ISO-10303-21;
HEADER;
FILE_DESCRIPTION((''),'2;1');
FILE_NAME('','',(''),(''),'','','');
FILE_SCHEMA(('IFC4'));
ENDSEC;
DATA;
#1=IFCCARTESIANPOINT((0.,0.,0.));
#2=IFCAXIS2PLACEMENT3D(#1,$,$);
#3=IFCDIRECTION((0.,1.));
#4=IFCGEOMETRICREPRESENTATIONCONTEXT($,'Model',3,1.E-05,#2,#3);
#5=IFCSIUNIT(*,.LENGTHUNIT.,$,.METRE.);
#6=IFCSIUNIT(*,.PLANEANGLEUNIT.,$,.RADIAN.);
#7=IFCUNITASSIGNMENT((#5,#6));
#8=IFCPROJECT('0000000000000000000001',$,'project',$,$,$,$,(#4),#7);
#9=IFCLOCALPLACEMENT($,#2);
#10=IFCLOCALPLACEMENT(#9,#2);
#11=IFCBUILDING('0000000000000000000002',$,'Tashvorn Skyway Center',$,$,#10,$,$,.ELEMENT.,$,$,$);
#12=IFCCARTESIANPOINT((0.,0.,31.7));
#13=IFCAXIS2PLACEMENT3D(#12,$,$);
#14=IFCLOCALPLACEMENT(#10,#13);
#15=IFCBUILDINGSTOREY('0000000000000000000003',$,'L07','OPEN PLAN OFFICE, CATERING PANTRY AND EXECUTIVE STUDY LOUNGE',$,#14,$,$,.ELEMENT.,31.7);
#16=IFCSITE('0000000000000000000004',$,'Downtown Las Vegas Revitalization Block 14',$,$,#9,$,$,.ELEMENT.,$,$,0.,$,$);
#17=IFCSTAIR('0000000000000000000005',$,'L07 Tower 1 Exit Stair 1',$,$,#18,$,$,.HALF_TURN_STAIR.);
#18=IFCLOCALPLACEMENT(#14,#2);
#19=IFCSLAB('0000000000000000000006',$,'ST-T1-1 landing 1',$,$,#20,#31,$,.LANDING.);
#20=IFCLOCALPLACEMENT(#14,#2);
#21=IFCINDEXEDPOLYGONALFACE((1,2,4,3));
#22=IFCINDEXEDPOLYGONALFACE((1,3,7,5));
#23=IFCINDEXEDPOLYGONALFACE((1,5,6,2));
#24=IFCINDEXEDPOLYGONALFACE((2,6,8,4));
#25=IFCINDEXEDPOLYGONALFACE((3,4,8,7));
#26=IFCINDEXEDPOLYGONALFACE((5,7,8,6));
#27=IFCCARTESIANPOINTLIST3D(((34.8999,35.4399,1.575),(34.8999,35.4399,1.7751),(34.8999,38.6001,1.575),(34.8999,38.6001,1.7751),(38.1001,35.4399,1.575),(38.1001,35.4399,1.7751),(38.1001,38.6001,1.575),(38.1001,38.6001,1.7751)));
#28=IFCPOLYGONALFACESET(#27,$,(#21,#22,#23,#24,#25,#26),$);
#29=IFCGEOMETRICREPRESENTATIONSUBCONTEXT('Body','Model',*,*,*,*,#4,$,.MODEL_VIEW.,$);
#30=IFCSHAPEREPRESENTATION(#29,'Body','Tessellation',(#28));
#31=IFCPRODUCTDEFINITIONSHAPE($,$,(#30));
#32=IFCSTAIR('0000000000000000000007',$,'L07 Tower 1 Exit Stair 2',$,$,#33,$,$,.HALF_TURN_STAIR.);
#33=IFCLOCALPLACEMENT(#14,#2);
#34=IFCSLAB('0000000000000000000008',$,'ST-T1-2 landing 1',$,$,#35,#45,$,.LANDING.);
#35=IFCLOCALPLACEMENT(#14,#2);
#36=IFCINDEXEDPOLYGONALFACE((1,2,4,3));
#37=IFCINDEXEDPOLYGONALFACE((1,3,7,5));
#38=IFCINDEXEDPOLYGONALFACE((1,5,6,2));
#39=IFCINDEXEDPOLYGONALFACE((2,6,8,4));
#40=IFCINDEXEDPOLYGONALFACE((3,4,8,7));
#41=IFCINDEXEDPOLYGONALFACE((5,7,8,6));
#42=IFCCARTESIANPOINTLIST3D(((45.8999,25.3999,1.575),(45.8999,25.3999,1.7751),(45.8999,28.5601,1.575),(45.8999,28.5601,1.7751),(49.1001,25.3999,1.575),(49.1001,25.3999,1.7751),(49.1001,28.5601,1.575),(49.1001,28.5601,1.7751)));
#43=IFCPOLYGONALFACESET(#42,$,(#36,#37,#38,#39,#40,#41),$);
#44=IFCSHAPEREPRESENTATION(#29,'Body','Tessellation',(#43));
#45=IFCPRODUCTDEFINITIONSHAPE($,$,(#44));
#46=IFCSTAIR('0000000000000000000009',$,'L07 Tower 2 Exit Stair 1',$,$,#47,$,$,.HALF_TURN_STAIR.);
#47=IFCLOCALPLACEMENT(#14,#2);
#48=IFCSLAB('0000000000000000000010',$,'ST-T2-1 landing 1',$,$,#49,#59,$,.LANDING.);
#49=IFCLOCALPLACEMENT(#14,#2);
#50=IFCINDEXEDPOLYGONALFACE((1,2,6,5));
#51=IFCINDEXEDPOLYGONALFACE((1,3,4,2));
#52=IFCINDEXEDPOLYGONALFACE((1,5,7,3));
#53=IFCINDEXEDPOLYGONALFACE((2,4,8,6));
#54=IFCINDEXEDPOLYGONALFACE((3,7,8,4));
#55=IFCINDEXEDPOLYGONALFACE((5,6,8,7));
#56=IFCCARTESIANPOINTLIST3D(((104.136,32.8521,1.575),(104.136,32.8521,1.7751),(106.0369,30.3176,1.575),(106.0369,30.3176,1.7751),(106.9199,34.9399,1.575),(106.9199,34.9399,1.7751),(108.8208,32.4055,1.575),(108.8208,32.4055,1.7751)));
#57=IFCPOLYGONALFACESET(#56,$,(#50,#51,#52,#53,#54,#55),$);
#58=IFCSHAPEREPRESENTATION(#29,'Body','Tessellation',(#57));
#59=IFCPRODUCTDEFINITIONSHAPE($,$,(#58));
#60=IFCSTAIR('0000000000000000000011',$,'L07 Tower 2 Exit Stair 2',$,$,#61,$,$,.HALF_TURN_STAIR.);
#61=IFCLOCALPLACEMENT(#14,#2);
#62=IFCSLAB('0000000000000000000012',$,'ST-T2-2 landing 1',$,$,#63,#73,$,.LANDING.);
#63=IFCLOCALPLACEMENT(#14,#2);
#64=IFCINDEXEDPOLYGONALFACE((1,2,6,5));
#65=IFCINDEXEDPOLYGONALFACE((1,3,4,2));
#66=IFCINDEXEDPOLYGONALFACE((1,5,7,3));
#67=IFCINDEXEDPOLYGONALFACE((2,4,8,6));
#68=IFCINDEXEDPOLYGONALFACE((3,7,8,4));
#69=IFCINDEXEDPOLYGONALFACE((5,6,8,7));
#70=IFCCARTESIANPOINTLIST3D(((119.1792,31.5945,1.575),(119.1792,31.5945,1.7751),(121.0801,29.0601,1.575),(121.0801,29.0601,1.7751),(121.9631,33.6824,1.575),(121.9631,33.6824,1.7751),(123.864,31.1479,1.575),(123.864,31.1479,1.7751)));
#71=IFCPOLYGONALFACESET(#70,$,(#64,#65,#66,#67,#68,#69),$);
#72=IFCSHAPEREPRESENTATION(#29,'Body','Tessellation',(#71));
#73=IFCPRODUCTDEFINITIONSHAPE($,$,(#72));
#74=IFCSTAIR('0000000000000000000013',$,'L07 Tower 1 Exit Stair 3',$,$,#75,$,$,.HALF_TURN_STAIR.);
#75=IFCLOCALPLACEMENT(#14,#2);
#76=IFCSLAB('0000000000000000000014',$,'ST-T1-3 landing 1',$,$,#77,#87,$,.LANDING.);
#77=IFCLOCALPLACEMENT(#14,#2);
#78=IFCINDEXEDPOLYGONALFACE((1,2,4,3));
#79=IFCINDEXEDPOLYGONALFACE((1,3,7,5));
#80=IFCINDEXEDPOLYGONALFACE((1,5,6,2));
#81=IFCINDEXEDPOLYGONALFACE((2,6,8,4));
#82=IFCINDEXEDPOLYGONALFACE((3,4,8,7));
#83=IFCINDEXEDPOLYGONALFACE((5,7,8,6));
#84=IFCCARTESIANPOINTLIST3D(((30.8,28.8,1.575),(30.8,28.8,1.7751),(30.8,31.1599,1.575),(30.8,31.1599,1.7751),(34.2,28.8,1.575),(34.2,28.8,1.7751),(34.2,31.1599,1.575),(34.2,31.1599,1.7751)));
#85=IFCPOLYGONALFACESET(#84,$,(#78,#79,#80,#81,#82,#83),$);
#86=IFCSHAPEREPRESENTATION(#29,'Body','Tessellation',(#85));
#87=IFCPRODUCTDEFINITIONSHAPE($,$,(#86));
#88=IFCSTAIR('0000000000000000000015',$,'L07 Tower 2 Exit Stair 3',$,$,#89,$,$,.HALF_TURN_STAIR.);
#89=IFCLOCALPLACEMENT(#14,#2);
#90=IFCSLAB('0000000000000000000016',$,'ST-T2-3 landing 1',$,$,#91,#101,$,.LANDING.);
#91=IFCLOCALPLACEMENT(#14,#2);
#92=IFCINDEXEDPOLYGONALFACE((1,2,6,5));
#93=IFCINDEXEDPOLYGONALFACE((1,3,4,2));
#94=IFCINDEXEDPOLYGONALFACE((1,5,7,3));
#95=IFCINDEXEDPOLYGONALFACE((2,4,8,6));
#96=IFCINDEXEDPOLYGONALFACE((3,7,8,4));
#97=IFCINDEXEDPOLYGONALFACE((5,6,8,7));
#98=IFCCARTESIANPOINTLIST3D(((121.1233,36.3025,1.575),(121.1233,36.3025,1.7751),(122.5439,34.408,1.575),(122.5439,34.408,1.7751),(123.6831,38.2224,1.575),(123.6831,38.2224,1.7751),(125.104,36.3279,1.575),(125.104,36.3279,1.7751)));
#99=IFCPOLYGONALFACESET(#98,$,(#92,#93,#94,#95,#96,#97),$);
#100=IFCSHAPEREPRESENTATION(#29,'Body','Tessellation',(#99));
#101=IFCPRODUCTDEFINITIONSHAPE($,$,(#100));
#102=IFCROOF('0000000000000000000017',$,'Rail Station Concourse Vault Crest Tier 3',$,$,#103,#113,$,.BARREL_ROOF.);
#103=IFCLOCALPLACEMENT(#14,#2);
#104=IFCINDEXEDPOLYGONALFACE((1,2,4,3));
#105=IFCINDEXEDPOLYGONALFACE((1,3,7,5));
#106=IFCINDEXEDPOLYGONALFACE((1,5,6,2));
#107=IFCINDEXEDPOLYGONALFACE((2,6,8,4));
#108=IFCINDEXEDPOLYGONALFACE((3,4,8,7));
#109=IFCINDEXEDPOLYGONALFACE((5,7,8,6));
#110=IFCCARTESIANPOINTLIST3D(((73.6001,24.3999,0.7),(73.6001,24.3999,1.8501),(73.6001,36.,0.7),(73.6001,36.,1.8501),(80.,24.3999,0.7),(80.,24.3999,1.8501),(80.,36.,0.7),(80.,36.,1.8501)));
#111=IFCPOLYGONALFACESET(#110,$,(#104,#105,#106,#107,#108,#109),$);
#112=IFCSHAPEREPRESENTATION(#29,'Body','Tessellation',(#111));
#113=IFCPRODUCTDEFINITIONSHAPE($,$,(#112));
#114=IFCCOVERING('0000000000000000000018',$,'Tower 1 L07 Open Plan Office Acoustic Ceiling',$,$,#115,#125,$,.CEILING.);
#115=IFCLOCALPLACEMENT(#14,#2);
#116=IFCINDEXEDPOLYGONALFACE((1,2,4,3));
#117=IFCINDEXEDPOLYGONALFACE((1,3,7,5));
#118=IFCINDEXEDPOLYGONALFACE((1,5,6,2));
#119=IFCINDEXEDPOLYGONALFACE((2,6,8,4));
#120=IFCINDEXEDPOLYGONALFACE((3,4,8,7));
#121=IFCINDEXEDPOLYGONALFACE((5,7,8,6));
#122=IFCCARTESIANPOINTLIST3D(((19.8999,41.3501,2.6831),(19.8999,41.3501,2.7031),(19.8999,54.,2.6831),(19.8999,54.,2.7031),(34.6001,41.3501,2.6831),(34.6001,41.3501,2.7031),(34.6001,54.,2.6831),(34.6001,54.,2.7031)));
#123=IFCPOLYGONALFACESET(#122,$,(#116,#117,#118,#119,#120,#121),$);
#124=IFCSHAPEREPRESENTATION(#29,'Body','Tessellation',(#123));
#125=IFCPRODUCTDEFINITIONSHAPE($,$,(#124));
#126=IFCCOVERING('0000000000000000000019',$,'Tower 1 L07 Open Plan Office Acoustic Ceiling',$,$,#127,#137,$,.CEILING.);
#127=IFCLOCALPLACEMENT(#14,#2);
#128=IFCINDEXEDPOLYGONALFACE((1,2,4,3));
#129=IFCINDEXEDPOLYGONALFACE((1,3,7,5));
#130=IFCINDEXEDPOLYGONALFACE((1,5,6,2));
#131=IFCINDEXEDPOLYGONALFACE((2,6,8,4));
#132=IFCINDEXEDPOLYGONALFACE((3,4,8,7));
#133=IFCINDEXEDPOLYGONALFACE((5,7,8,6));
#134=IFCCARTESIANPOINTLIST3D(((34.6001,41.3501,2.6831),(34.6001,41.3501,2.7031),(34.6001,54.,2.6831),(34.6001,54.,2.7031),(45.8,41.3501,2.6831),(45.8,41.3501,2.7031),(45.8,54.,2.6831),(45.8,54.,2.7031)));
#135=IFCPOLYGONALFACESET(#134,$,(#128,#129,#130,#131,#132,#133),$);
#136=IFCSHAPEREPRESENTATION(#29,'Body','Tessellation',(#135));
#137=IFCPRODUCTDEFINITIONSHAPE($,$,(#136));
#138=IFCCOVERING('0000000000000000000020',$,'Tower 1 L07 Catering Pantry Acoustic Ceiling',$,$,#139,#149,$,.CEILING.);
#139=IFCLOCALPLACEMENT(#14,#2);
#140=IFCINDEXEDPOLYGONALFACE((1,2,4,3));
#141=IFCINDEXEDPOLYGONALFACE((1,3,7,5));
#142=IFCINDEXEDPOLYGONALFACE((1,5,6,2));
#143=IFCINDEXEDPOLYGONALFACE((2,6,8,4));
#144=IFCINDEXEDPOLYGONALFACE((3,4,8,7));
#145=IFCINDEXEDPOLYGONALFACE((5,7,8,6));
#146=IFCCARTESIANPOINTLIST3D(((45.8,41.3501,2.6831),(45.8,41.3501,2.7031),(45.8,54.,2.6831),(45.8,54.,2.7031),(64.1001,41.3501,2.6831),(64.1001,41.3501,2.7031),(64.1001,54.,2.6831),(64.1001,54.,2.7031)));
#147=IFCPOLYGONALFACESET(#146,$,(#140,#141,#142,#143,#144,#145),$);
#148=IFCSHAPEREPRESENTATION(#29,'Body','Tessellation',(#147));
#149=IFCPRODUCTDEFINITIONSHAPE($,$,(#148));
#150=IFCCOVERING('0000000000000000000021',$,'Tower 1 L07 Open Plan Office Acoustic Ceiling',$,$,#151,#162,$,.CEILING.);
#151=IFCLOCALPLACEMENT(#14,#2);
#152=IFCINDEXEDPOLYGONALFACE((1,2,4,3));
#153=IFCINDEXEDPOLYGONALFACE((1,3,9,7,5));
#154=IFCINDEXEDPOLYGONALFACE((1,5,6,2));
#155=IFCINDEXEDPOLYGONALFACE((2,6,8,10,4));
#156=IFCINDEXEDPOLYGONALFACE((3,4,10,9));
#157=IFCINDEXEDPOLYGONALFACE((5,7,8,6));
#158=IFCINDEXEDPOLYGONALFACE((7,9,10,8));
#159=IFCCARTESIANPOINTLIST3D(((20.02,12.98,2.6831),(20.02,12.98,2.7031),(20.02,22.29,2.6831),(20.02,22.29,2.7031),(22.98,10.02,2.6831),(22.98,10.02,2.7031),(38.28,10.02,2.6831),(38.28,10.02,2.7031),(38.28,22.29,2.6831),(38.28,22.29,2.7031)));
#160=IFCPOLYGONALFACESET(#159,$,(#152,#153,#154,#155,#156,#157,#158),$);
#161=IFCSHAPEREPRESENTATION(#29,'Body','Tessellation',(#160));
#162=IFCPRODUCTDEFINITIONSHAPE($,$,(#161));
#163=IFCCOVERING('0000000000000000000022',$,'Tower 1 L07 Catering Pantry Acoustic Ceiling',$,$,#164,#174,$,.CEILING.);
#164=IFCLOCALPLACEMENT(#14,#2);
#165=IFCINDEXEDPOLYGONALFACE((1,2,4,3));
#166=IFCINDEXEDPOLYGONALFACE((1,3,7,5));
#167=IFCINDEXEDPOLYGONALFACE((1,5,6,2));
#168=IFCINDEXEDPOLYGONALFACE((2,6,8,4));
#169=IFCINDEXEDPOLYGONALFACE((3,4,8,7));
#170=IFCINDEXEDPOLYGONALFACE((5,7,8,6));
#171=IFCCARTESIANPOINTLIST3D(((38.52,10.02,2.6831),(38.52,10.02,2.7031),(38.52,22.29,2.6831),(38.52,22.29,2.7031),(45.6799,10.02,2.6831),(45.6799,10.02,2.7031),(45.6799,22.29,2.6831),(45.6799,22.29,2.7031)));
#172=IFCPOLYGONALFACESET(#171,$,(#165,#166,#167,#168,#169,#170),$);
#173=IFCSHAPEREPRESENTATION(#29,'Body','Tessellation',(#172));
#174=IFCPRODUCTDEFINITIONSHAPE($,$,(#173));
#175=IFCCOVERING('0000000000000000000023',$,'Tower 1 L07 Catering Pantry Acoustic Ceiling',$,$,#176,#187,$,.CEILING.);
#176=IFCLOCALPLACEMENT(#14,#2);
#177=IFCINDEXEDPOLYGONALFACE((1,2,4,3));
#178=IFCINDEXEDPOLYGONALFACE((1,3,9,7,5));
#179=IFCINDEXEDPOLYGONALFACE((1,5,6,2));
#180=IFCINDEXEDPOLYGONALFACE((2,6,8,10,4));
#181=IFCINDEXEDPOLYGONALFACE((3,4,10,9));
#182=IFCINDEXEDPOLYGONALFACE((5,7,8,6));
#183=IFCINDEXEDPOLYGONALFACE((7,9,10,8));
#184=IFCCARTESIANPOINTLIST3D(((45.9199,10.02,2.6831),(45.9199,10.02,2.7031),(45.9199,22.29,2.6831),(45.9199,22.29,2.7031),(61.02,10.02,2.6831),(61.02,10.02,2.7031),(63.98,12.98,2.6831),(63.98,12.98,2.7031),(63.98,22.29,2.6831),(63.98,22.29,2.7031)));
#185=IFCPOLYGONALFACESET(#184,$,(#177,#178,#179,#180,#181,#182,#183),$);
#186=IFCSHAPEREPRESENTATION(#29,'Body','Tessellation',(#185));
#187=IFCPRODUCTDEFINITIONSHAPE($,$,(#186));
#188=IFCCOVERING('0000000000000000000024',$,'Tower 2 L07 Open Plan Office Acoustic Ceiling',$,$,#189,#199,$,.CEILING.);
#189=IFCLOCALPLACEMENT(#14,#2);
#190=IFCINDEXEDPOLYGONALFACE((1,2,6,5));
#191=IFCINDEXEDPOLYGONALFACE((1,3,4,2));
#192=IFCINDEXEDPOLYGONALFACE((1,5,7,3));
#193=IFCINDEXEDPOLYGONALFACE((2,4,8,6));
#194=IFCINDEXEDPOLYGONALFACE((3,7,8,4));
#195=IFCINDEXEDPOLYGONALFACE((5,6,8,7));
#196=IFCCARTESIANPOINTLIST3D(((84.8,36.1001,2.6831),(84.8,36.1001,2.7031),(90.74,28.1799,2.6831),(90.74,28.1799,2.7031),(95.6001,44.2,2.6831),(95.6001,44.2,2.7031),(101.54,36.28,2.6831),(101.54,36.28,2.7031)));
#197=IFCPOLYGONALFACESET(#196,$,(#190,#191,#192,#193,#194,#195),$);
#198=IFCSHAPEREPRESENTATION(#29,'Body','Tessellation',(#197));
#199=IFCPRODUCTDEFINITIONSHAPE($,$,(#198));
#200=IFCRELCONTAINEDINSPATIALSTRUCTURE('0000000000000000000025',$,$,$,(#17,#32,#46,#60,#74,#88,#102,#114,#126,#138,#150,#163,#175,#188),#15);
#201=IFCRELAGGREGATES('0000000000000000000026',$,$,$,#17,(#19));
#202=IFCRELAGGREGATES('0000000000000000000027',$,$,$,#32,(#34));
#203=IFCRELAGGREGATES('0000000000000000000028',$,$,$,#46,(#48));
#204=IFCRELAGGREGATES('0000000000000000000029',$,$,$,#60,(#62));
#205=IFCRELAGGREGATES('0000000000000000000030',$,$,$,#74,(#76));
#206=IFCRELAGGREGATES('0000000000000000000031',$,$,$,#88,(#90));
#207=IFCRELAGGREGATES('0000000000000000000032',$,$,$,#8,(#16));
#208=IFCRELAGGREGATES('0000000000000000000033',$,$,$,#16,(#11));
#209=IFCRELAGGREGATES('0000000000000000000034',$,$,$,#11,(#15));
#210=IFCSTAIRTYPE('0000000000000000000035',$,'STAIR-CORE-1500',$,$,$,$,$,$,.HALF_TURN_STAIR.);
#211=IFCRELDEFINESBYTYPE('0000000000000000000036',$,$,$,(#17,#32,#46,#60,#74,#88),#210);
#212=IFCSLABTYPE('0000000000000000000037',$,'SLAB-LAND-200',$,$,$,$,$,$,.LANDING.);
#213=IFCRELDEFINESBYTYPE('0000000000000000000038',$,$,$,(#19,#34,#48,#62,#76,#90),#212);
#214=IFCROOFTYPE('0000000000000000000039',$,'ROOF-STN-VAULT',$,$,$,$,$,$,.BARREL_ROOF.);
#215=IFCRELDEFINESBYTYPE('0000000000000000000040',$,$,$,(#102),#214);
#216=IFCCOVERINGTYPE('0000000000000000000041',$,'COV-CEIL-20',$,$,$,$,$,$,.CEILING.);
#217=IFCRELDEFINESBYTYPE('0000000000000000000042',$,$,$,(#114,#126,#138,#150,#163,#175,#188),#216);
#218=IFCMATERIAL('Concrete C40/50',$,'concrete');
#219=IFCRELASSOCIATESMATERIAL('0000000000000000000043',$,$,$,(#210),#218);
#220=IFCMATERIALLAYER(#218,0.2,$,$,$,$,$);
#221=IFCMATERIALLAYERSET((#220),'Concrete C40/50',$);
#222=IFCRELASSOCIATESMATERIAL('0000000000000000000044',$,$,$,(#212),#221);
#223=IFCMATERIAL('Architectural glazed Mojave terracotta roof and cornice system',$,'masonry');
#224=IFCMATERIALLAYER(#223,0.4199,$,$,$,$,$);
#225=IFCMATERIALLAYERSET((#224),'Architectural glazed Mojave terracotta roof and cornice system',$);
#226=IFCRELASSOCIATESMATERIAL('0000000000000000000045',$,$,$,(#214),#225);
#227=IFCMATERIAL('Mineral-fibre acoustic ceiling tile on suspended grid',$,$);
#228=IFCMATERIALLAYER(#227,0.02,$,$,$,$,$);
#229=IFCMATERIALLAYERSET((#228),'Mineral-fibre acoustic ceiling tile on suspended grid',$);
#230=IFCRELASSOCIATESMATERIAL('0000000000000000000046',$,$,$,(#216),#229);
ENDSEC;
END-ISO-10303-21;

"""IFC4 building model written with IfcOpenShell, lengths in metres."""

from ifc_helpers import new_model, si_unit, direction, frame, origin, place, context, subcontext, project, spatial, polyline, outline, extrude, material, layer, layer_set, type_object, element, aggregate, save


model = new_model("IFC4")

# Units and contexts
model_context = context("Model", 3, precision=1e-05, world=origin(), true_north=direction((0.0, 1.0)))
body_context = subcontext(model_context, "Body", "Model", "MODEL_VIEW")
ifc_project = project(units=[si_unit("LENGTHUNIT", "METRE"), si_unit("PLANEANGLEUNIT", "RADIAN")], contexts=[model_context])

# Site, building, storey
site_placement = place(None, origin())
site = spatial("IfcSite", under=ifc_project, at=site_placement, Name="Downtown Las Vegas Revitalization Block 14", CompositionType="ELEMENT", RefElevation=0.0)
building_placement = place(site_placement, origin())
building = spatial("IfcBuilding", under=site, at=building_placement, Name="Tashvorn Skyway Center", CompositionType="ELEMENT")
storey_placement = place(building_placement, frame((0.0, 0.0, 31.7)))
storey = spatial("IfcBuildingStorey", under=building, at=storey_placement, Name="L07", Description="OPEN PLAN OFFICE, CATERING PANTRY AND EXECUTIVE STUDY LOUNGE", CompositionType="ELEMENT", Elevation=31.7)

# Shared definitions
ifc_material_1 = material(Name="Concrete C40/50", Category="concrete")

# Stairs, slabs
stair_type = type_object("IfcStairType", Name="STAIR-CORE-1500", PredefinedType="HALF_TURN_STAIR", material=ifc_material_1)
stair_1_placement = place(storey_placement, origin())
stair_1 = element("IfcStair", 1, at=stair_1_placement, inside=storey, type_object=stair_type, Name="L07 Tower 1 Exit Stair 1", PredefinedType="HALF_TURN_STAIR")
ifc_layer_1 = layer(ifc_material_1, 0.2)
ifc_layer_set_1 = layer_set([ifc_layer_1], Name="Concrete C40/50")
slab_type_1 = type_object("IfcSlabType", Name="SLAB-LAND-200", PredefinedType="LANDING", material=ifc_layer_set_1)
slab_1_placement = place(storey_placement, frame((0.0, 0.0, 1.575)))
slab_1 = element("IfcSlab", 2, at=slab_1_placement, type_object=slab_type_1, Name="ST-T1-1 landing 1", PredefinedType="LANDING", context=body_context, shape_type="SweptSolid", body=[
    extrude(outline(polyline([(38.1001, 35.4399), (38.1001, 38.6001), (34.8999, 38.6001), (34.8999, 35.4399), (38.1001, 35.4399)])), origin(), (0.0, 0.0, 1.0), 0.2002),
])
aggregate(stair_1, [slab_1])
stair_2_placement = place(storey_placement, origin())
stair_2 = element("IfcStair", 3, at=stair_2_placement, inside=storey, type_object=stair_type, Name="L07 Tower 1 Exit Stair 2", PredefinedType="HALF_TURN_STAIR")
slab_2_placement = place(storey_placement, frame((0.0, 0.0, 1.575)))
slab_2 = element("IfcSlab", 4, at=slab_2_placement, type_object=slab_type_1, Name="ST-T1-2 landing 1", PredefinedType="LANDING", context=body_context, shape_type="SweptSolid", body=[
    extrude(outline(polyline([(45.8999, 28.5601), (45.8999, 25.3999), (49.1001, 25.3999), (49.1001, 28.5601), (45.8999, 28.5601)])), origin(), (0.0, 0.0, 1.0), 0.2002),
])
aggregate(stair_2, [slab_2])
stair_3_placement = place(storey_placement, origin())
stair_3 = element("IfcStair", 5, at=stair_3_placement, inside=storey, type_object=stair_type, Name="L07 Tower 2 Exit Stair 1", PredefinedType="HALF_TURN_STAIR")
slab_3_placement = place(storey_placement, frame((0.0, 0.0, 1.575)))
slab_3 = element("IfcSlab", 6, at=slab_3_placement, type_object=slab_type_1, Name="ST-T2-1 landing 1", PredefinedType="LANDING", context=body_context, shape_type="SweptSolid", body=[
    extrude(outline(polyline([(108.8208, 32.4055), (106.9199, 34.9399), (104.136, 32.8521), (106.0369, 30.3176), (108.8208, 32.4055)])), origin(), (0.0, 0.0, 1.0), 0.2002),
])
aggregate(stair_3, [slab_3])
stair_4_placement = place(storey_placement, origin())
stair_4 = element("IfcStair", 7, at=stair_4_placement, inside=storey, type_object=stair_type, Name="L07 Tower 2 Exit Stair 2", PredefinedType="HALF_TURN_STAIR")
slab_4_placement = place(storey_placement, frame((0.0, 0.0, 1.575)))
slab_4 = element("IfcSlab", 8, at=slab_4_placement, type_object=slab_type_1, Name="ST-T2-2 landing 1", PredefinedType="LANDING", context=body_context, shape_type="SweptSolid", body=[
    extrude(outline(polyline([(119.1792, 31.5945), (121.0801, 29.0601), (123.864, 31.1479), (121.9631, 33.6824), (119.1792, 31.5945)])), origin(), (0.0, 0.0, 1.0), 0.2002),
])
aggregate(stair_4, [slab_4])
stair_5_placement = place(storey_placement, origin())
stair_5 = element("IfcStair", 9, at=stair_5_placement, inside=storey, type_object=stair_type, Name="L07 Tower 1 Exit Stair 3", PredefinedType="HALF_TURN_STAIR")
slab_5_placement = place(storey_placement, frame((0.0, 0.0, 1.575)))
slab_5 = element("IfcSlab", 10, at=slab_5_placement, type_object=slab_type_1, Name="ST-T1-3 landing 1", PredefinedType="LANDING", context=body_context, shape_type="SweptSolid", body=[
    extrude(outline(polyline([(30.8, 31.1599), (30.8, 28.8), (34.2, 28.8), (34.2, 31.1599), (30.8, 31.1599)])), origin(), (0.0, 0.0, 1.0), 0.2002),
])
aggregate(stair_5, [slab_5])
stair_6_placement = place(storey_placement, origin())
stair_6 = element("IfcStair", 11, at=stair_6_placement, inside=storey, type_object=stair_type, Name="L07 Tower 2 Exit Stair 3", PredefinedType="HALF_TURN_STAIR")
slab_6_placement = place(storey_placement, frame((0.0, 0.0, 1.575)))
slab_6 = element("IfcSlab", 12, at=slab_6_placement, type_object=slab_type_1, Name="ST-T2-3 landing 1", PredefinedType="LANDING", context=body_context, shape_type="SweptSolid", body=[
    extrude(outline(polyline([(121.1233, 36.3025), (122.5439, 34.408), (125.104, 36.3279), (123.6831, 38.2224), (121.1233, 36.3025)])), origin(), (0.0, 0.0, 1.0), 0.2002),
])
aggregate(stair_6, [slab_6])

# Roof
ifc_material_2 = material(Name="Architectural glazed Mojave terracotta roof and cornice system", Category="masonry")
ifc_layer_2 = layer(ifc_material_2, 0.4199)
ifc_layer_set_2 = layer_set([ifc_layer_2], Name="Architectural glazed Mojave terracotta roof and cornice system")
roof_type = type_object("IfcRoofType", Name="ROOF-STN-VAULT", PredefinedType="BARREL_ROOF", material=ifc_layer_set_2)
roof_placement = place(storey_placement, frame((0.0, 0.0, 0.7)))
element("IfcRoof", 13, at=roof_placement, inside=storey, type_object=roof_type, Name="Rail Station Concourse Vault Crest Tier 3", PredefinedType="BARREL_ROOF", context=body_context, shape_type="SweptSolid", body=[
    extrude(outline(polyline([(73.6001, 24.3999), (80.0, 24.3999), (80.0, 36.0), (73.6001, 36.0), (73.6001, 24.3999)])), origin(), (0.0, 0.0, 1.0), 1.1501),
])

# Coverings
ifc_material_3 = material(Name="Mineral-fibre acoustic ceiling tile on suspended grid")
ifc_layer_3 = layer(ifc_material_3, 0.02)
ifc_layer_set_3 = layer_set([ifc_layer_3], Name="Mineral-fibre acoustic ceiling tile on suspended grid")
covering_type_1 = type_object("IfcCoveringType", Name="COV-CEIL-20", PredefinedType="CEILING", material=ifc_layer_set_3)
covering_1_placement = place(storey_placement, frame((0.0, 0.0, 2.6831)))
element("IfcCovering", 14, at=covering_1_placement, inside=storey, type_object=covering_type_1, Name="Tower 1 L07 Open Plan Office Acoustic Ceiling", PredefinedType="CEILING", context=body_context, shape_type="SweptSolid", body=[
    extrude(outline(polyline([(19.8999, 41.3501), (34.6001, 41.3501), (34.6001, 54.0), (19.8999, 54.0), (19.8999, 41.3501)])), origin(), (0.0, 0.0, 1.0), 0.02),
])
covering_2_placement = place(storey_placement, frame((0.0, 0.0, 2.6831)))
element("IfcCovering", 15, at=covering_2_placement, inside=storey, type_object=covering_type_1, Name="Tower 1 L07 Open Plan Office Acoustic Ceiling", PredefinedType="CEILING", context=body_context, shape_type="SweptSolid", body=[
    extrude(outline(polyline([(34.6001, 41.3501), (45.8, 41.3501), (45.8, 54.0), (34.6001, 54.0), (34.6001, 41.3501)])), origin(), (0.0, 0.0, 1.0), 0.02),
])
covering_3_placement = place(storey_placement, frame((0.0, 0.0, 2.6831)))
element("IfcCovering", 16, at=covering_3_placement, inside=storey, type_object=covering_type_1, Name="Tower 1 L07 Catering Pantry Acoustic Ceiling", PredefinedType="CEILING", context=body_context, shape_type="SweptSolid", body=[
    extrude(outline(polyline([(45.8, 41.3501), (64.1001, 41.3501), (64.1001, 54.0), (45.8, 54.0), (45.8, 41.3501)])), origin(), (0.0, 0.0, 1.0), 0.02),
])
covering_4_placement = place(storey_placement, frame((0.0, 0.0, 2.6831)))
element("IfcCovering", 17, at=covering_4_placement, inside=storey, type_object=covering_type_1, Name="Tower 1 L07 Open Plan Office Acoustic Ceiling", PredefinedType="CEILING", context=body_context, shape_type="SweptSolid", body=[
    extrude(outline(polyline([(20.02, 22.29), (38.28, 22.29), (38.28, 10.02), (22.98, 10.02), (20.02, 12.98), (20.02, 22.29)])), origin(), (0.0, 0.0, 1.0), 0.02),
])
covering_5_placement = place(storey_placement, frame((0.0, 0.0, 2.6831)))
element("IfcCovering", 18, at=covering_5_placement, inside=storey, type_object=covering_type_1, Name="Tower 1 L07 Catering Pantry Acoustic Ceiling", PredefinedType="CEILING", context=body_context, shape_type="SweptSolid", body=[
    extrude(outline(polyline([(38.52, 22.29), (45.6799, 22.29), (45.6799, 10.02), (38.52, 10.02), (38.52, 22.29)])), origin(), (0.0, 0.0, 1.0), 0.02),
])
covering_6_placement = place(storey_placement, frame((0.0, 0.0, 2.6831)))
element("IfcCovering", 19, at=covering_6_placement, inside=storey, type_object=covering_type_1, Name="Tower 1 L07 Catering Pantry Acoustic Ceiling", PredefinedType="CEILING", context=body_context, shape_type="SweptSolid", body=[
    extrude(outline(polyline([(45.9199, 10.02), (45.9199, 22.29), (63.98, 22.29), (63.98, 12.98), (61.02, 10.02), (45.9199, 10.02)])), origin(), (0.0, 0.0, 1.0), 0.02),
])
covering_7_placement = place(storey_placement, frame((0.0, 0.0, 2.6831)))
element("IfcCovering", 20, at=covering_7_placement, inside=storey, type_object=covering_type_1, Name="Tower 2 L07 Open Plan Office Acoustic Ceiling", PredefinedType="CEILING", context=body_context, shape_type="SweptSolid", body=[
    extrude(outline(polyline([(90.74, 28.1799), (101.54, 36.28), (95.6001, 44.2), (84.8, 36.1001), (90.74, 28.1799)])), origin(), (0.0, 0.0, 1.0), 0.02),
])

save(model, "model.ifc")
